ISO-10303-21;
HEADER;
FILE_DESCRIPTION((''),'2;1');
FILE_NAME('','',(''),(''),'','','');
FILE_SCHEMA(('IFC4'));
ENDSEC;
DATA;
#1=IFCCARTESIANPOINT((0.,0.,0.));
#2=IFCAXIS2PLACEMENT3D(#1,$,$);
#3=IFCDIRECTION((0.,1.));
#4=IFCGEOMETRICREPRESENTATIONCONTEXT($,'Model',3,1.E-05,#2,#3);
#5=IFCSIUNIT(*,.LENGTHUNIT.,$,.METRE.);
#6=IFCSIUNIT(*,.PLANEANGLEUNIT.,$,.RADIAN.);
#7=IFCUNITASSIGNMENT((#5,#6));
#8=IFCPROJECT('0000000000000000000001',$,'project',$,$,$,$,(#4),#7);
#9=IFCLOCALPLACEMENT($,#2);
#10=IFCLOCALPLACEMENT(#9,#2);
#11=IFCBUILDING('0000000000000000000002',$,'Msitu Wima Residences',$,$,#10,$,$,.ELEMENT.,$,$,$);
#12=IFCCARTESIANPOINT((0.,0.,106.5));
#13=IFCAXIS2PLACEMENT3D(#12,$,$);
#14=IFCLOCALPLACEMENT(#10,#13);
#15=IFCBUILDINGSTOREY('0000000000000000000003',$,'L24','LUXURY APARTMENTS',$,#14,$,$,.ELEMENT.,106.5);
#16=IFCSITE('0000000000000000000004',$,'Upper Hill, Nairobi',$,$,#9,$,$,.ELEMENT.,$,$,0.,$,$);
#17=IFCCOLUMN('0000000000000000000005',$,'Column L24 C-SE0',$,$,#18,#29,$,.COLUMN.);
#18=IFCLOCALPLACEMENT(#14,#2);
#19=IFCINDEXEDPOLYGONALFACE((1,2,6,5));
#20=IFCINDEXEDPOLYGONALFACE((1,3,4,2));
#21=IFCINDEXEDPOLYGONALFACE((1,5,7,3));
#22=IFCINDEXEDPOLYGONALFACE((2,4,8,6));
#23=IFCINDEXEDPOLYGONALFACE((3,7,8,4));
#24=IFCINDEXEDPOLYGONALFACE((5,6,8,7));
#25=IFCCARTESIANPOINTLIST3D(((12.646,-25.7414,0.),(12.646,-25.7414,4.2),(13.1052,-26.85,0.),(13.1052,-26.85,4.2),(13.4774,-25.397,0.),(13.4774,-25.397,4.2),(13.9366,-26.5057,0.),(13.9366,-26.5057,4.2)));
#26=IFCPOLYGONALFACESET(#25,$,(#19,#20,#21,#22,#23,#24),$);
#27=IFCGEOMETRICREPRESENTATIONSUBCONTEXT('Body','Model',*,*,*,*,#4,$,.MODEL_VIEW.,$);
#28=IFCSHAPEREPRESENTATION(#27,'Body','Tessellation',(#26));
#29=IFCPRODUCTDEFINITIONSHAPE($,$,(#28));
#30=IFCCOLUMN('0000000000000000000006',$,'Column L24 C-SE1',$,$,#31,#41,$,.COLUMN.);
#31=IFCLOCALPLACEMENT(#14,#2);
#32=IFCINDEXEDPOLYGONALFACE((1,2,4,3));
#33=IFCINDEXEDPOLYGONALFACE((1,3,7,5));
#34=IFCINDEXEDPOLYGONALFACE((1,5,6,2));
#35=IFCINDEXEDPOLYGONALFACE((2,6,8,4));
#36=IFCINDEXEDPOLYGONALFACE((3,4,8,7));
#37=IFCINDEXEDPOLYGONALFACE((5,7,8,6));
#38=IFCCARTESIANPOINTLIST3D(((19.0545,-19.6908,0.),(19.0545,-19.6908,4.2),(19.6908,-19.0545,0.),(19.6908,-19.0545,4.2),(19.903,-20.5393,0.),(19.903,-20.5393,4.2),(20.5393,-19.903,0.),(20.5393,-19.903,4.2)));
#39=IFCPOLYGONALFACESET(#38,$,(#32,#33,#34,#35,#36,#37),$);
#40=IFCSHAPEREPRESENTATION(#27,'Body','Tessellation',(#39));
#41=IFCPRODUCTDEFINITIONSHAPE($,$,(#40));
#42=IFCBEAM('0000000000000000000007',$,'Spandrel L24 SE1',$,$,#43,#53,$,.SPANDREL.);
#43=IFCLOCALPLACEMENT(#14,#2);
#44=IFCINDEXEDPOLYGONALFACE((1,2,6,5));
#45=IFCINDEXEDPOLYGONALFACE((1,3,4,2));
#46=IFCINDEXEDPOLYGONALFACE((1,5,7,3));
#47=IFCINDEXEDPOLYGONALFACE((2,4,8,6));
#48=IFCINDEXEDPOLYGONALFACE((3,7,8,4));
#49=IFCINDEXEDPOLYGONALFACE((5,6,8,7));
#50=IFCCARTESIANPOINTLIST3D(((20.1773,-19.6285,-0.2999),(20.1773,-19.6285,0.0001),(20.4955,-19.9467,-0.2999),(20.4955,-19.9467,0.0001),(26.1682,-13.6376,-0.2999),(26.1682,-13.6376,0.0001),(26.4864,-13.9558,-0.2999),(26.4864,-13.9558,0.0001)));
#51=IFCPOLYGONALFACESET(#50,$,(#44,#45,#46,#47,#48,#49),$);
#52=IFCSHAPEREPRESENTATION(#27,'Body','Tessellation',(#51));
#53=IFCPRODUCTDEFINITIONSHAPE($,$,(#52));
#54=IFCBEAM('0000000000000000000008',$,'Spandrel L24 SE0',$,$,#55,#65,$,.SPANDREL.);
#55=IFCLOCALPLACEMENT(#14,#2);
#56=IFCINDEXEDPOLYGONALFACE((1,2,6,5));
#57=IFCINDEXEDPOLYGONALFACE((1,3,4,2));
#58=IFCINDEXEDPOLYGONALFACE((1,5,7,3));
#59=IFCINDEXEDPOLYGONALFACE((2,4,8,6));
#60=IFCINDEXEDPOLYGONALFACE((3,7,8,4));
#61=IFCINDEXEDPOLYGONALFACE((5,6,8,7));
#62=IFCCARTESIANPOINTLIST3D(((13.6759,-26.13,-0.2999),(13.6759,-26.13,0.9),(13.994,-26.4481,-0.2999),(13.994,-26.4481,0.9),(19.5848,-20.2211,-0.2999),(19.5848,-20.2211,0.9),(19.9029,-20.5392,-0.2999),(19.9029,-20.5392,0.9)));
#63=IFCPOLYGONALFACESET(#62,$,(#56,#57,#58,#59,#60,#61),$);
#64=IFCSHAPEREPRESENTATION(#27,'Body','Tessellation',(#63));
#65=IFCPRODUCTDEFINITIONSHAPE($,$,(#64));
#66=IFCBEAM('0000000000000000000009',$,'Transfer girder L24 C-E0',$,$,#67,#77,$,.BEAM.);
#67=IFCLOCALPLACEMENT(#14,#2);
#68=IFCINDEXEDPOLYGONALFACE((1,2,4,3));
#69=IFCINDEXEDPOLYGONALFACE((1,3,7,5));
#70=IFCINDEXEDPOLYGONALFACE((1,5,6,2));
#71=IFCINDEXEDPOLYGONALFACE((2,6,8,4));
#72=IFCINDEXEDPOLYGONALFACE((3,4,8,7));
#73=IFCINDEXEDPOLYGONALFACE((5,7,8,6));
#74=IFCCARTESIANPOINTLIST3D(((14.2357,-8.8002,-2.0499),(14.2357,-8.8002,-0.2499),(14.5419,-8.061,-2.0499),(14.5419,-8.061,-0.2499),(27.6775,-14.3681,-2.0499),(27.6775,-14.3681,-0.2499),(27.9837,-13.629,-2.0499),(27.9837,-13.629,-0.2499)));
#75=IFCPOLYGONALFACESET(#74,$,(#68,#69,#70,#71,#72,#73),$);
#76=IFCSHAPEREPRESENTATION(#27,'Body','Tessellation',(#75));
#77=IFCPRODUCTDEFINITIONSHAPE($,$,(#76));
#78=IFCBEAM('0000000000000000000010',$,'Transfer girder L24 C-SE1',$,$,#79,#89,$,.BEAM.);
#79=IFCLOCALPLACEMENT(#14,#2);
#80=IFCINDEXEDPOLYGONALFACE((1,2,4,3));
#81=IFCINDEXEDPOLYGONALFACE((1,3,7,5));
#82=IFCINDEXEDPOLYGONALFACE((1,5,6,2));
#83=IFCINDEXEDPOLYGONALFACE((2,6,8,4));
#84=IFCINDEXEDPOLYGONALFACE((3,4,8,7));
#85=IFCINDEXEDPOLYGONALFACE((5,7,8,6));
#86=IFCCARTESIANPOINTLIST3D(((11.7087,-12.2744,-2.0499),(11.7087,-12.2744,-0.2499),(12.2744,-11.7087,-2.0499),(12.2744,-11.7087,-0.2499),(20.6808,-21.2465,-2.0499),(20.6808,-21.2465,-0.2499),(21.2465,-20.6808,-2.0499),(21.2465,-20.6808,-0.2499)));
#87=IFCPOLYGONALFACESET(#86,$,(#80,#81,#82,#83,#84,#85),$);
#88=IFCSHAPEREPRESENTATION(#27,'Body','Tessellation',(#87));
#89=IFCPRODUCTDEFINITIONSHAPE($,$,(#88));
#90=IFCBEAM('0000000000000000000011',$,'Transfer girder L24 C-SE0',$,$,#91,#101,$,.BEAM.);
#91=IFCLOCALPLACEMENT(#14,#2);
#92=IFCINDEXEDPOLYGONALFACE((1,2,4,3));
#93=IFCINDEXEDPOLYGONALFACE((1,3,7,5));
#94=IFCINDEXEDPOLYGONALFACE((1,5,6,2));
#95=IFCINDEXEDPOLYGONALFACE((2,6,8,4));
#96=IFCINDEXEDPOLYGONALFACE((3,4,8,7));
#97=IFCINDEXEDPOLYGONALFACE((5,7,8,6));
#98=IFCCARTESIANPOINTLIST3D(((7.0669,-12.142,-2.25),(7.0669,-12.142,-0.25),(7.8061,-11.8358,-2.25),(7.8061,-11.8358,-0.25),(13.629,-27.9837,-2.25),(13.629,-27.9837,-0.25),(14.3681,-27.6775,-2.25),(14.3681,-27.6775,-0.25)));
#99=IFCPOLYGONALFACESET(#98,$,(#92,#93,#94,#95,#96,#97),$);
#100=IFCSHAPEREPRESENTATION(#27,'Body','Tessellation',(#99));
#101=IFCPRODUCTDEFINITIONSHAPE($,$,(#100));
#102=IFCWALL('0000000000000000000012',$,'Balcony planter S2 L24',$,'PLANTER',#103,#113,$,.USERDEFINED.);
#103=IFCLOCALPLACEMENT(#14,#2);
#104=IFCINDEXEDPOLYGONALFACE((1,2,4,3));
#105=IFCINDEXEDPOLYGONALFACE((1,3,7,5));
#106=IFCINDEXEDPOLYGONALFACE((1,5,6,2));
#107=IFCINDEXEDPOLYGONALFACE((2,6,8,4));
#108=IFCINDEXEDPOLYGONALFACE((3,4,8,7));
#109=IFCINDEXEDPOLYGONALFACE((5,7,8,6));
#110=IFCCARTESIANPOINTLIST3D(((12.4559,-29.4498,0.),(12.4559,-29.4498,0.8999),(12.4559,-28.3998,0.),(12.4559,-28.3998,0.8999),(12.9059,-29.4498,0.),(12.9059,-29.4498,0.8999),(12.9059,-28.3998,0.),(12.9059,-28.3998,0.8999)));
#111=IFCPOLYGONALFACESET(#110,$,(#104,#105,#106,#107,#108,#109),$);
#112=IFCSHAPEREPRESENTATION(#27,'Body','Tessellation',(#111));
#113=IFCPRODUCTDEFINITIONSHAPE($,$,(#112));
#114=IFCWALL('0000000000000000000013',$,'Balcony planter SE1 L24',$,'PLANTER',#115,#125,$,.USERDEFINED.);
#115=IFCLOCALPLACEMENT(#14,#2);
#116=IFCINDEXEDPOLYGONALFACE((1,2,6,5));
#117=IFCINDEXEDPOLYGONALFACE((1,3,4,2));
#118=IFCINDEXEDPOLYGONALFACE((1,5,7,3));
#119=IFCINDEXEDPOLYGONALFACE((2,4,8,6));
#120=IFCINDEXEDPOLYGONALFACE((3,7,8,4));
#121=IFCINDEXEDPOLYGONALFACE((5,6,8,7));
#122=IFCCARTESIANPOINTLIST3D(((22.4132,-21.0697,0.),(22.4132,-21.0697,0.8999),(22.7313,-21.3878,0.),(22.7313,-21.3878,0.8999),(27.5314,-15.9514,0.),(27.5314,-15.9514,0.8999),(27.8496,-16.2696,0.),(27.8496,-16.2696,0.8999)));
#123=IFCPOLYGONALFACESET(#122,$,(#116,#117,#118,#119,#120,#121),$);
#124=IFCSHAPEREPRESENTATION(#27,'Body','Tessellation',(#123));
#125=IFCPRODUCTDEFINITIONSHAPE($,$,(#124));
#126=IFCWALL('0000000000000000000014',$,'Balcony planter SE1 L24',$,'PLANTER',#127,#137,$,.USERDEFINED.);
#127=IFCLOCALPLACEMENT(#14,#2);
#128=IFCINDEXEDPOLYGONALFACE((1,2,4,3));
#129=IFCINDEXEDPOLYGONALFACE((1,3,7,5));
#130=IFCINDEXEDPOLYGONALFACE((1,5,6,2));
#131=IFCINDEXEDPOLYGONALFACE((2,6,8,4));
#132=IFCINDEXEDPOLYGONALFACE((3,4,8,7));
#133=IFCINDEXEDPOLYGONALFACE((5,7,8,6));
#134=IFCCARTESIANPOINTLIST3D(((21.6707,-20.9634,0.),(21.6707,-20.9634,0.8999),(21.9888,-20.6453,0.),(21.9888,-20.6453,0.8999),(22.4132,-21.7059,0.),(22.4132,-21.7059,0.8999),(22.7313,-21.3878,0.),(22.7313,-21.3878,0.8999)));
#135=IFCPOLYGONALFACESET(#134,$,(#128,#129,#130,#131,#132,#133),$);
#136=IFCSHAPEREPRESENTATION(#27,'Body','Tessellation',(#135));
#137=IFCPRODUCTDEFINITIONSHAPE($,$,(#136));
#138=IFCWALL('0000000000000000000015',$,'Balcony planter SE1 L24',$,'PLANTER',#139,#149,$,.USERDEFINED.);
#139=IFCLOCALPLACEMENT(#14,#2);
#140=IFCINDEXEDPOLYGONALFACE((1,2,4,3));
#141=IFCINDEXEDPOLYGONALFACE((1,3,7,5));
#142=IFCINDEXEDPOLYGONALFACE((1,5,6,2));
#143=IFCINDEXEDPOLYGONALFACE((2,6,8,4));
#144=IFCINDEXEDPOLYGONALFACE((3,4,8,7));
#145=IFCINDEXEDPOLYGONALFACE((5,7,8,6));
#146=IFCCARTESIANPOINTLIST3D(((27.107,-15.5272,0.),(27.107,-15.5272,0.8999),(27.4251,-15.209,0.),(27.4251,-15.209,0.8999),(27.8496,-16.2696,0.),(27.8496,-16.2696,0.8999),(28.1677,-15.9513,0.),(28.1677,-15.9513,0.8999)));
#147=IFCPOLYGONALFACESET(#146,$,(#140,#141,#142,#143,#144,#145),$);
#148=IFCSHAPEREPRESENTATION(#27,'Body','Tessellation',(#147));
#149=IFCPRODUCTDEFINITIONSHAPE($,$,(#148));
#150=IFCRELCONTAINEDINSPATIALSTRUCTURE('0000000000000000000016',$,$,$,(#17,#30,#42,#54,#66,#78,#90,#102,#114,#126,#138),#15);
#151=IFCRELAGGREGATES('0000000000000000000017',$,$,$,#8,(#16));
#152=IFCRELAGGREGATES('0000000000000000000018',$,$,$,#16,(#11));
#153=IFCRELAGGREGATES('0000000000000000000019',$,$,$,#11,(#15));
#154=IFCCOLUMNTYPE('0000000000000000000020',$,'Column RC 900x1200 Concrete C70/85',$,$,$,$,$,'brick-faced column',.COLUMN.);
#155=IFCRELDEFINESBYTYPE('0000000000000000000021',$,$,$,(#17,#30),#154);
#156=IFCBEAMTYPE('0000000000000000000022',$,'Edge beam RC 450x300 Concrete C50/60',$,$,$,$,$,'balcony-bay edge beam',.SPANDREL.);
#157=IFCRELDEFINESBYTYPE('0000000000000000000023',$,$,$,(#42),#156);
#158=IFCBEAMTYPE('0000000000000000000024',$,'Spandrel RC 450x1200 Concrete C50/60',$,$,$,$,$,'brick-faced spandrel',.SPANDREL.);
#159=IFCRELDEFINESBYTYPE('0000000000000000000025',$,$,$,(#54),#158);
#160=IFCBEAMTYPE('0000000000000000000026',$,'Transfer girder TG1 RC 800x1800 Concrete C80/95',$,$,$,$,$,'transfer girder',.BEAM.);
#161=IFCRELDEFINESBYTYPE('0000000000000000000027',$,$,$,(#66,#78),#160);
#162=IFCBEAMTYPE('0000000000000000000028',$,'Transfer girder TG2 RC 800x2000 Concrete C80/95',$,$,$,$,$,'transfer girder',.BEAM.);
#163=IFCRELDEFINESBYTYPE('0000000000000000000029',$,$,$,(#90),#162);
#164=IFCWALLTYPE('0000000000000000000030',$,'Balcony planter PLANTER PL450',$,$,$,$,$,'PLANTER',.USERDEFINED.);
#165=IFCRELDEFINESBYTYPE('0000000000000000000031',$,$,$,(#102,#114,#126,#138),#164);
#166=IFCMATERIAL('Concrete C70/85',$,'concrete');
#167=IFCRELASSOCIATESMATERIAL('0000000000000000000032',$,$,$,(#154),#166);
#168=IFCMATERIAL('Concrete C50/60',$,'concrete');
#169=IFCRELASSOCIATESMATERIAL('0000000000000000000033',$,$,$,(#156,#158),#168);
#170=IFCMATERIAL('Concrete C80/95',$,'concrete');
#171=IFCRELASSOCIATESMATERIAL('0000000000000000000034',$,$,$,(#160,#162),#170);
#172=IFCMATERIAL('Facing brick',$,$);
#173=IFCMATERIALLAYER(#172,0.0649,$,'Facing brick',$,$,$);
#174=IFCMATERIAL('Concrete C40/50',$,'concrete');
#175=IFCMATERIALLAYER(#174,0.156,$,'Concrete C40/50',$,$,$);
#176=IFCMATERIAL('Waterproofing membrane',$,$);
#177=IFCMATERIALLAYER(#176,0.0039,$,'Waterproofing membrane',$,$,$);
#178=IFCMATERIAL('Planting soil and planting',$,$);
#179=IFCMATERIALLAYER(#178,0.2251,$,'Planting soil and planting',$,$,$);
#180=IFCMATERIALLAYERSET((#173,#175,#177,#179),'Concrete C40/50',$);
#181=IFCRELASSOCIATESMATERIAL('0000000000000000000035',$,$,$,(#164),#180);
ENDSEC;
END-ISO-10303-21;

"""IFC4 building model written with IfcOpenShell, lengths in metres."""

from ifc_helpers import new_model, si_unit, direction, frame, frame_2d, origin, origin_2d, place, context, subcontext, project, spatial, rectangle, extrude, material, layer, layer_set, material_profile, profile_set, type_object, element, save


model = new_model("IFC4")

# Units and contexts
model_context = context("Model", 3, precision=1e-05, world=origin(), true_north=direction((0.0, 1.0)))
body_context = subcontext(model_context, "Body", "Model", "MODEL_VIEW")
ifc_project = project(units=[si_unit("LENGTHUNIT", "METRE"), si_unit("PLANEANGLEUNIT", "RADIAN")], contexts=[model_context])

# Site, building, storey
site_placement = place(None, origin())
site = spatial("IfcSite", under=ifc_project, at=site_placement, Name="Upper Hill, Nairobi", CompositionType="ELEMENT", RefElevation=0.0)
building_placement = place(site_placement, origin())
building = spatial("IfcBuilding", under=site, at=building_placement, Name="Msitu Wima Residences", CompositionType="ELEMENT")
storey_placement = place(building_placement, frame((0.0, 0.0, 106.5)))
storey = spatial("IfcBuildingStorey", under=building, at=storey_placement, Name="L24", Description="LUXURY APARTMENTS", CompositionType="ELEMENT", Elevation=106.5)

# Columns
ifc_material_1 = material(Name="Concrete C70/85", Category="concrete")
ifc_material_profile_1 = material_profile(ifc_material_1, rectangle(XDim=0.8999, YDim=1.2, at=origin_2d()), Name="RC 900x1200")
ifc_profile_set_1 = profile_set([ifc_material_profile_1], Name="Concrete C70/85")
column_type = type_object("IfcColumnType", Name="Column RC 900x1200 Concrete C70/85", ElementType="brick-faced column", PredefinedType="COLUMN", material=ifc_profile_set_1)
for number, where, z_axis, x_axis, name in (
    (1, (13.2913, -26.1235, 0.0), (0.0, 0.0, 1.0), (0.92388, 0.382683, 0.0), "Column L24 C-SE0"),
    (2, (19.7969, -19.7969, 0.0), (0.0, 0.0, 1.0), (0.707107, 0.707107, 0.0), "Column L24 C-SE1"),
):
    element("IfcColumn", number, at=place(storey_placement, frame(where, z_axis=z_axis, x_axis=x_axis)), inside=storey, type_object=column_type, Name=name, PredefinedType="COLUMN", context=body_context, shape_type="SweptSolid", body=[
        extrude(rectangle(XDim=0.8999, YDim=1.2, at=origin_2d()), origin(), (0.0, 0.0, 1.0), 4.2),
    ])

# Beams
ifc_material_2 = material(Name="Concrete C50/60", Category="concrete")
ifc_material_profile_2 = material_profile(ifc_material_2, rectangle(XDim=0.45, YDim=0.3, at=origin_2d()), Name="RC 450x300")
ifc_profile_set_2 = profile_set([ifc_material_profile_2], Name="Concrete C50/60")
beam_type_1 = type_object("IfcBeamType", Name="Edge beam RC 450x300 Concrete C50/60", ElementType="balcony-bay edge beam", PredefinedType="SPANDREL", material=ifc_profile_set_2)
beam_1_placement = place(storey_placement, frame((20.3364, -19.7876, -0.1499), z_axis=(0.707107, 0.707107, 0.0), x_axis=(-0.707107, 0.707107, 0.0)))
element("IfcBeam", 3, at=beam_1_placement, inside=storey, type_object=beam_type_1, Name="Spandrel L24 SE1", PredefinedType="SPANDREL", context=body_context, shape_type="SweptSolid", body=[
    extrude(rectangle(XDim=0.45, YDim=0.3, at=origin_2d()), origin(), (0.0, 0.0, 1.0), 8.4724),
])
ifc_material_profile_3 = material_profile(ifc_material_2, rectangle(XDim=0.45, YDim=1.2, at=origin_2d()), Name="RC 450x1200")
ifc_profile_set_3 = profile_set([ifc_material_profile_3], Name="Concrete C50/60")
beam_type_2 = type_object("IfcBeamType", Name="Spandrel RC 450x1200 Concrete C50/60", ElementType="brick-faced spandrel", PredefinedType="SPANDREL", material=ifc_profile_set_3)
beam_2_placement = place(storey_placement, frame((13.835, -26.2891, 0.3), z_axis=(0.707107, 0.707107, 0.0), x_axis=(-0.707107, 0.707107, 0.0)))
element("IfcBeam", 4, at=beam_2_placement, inside=storey, type_object=beam_type_2, Name="Spandrel L24 SE0", PredefinedType="SPANDREL", context=body_context, shape_type="SweptSolid", body=[
    extrude(rectangle(XDim=0.45, YDim=1.2, at=origin_2d()), origin(), (0.0, 0.0, 1.0), 8.3564),
])
ifc_material_3 = material(Name="Concrete C80/95", Category="concrete")
ifc_material_profile_4 = material_profile(ifc_material_3, rectangle(XDim=0.8, YDim=1.8, at=origin_2d()), Name="RC 800x1800")
ifc_profile_set_4 = profile_set([ifc_material_profile_4], Name="Concrete C80/95")
beam_type_3 = type_object("IfcBeamType", Name="Transfer girder TG1 RC 800x1800 Concrete C80/95", ElementType="transfer girder", PredefinedType="BEAM", material=ifc_profile_set_4)
beam_3_placement = place(storey_placement, frame((27.8306, -13.9985, -1.1499), z_axis=(-0.923876, 0.382693, 0.0), x_axis=(-0.382693, -0.923876, 0.0)))
element("IfcBeam", 5, at=beam_3_placement, inside=storey, type_object=beam_type_3, Name="Transfer girder L24 C-E0", PredefinedType="BEAM", context=body_context, shape_type="SweptSolid", body=[
    extrude(rectangle(XDim=0.8, YDim=1.8, at=origin_2d()), origin(), (0.0, 0.0, 1.0), 14.5493),
])
beam_4_placement = place(storey_placement, frame((20.9636, -20.9636, -1.1499), z_axis=(-0.707107, 0.707107, 0.0), x_axis=(-0.707107, -0.707107, 0.0)))
element("IfcBeam", 6, at=beam_4_placement, inside=storey, type_object=beam_type_3, Name="Transfer girder L24 C-SE1", PredefinedType="BEAM", context=body_context, shape_type="SweptSolid", body=[
    extrude(rectangle(XDim=0.8, YDim=1.8, at=origin_2d()), origin(), (0.0, 0.0, 1.0), 12.6885),
])
ifc_material_profile_5 = material_profile(ifc_material_3, rectangle(XDim=0.8, YDim=2.0, at=origin_2d()), Name="RC 800x2000")
ifc_profile_set_5 = profile_set([ifc_material_profile_5], Name="Concrete C80/95")
beam_type_4 = type_object("IfcBeamType", Name="Transfer girder TG2 RC 800x2000 Concrete C80/95", ElementType="transfer girder", PredefinedType="BEAM", material=ifc_profile_set_5)
beam_5_placement = place(storey_placement, frame((13.9985, -27.8306, -1.25), z_axis=(-0.382695, 0.923875, 0.0), x_axis=(-0.923875, -0.382695, 0.0)))
element("IfcBeam", 7, at=beam_5_placement, inside=storey, type_object=beam_type_4, Name="Transfer girder L24 C-SE0", PredefinedType="BEAM", context=body_context, shape_type="SweptSolid", body=[
    extrude(rectangle(XDim=0.8, YDim=2.0, at=origin_2d()), origin(), (0.0, 0.0, 1.0), 17.147),
])

# Walls
ifc_material_4 = material(Name="Facing brick")
ifc_layer_1 = layer(ifc_material_4, 0.0649, Name="Facing brick")
ifc_material_5 = material(Name="Concrete C40/50", Category="concrete")
ifc_layer_2 = layer(ifc_material_5, 0.156, Name="Concrete C40/50")
ifc_material_6 = material(Name="Waterproofing membrane")
ifc_layer_3 = layer(ifc_material_6, 0.0039, Name="Waterproofing membrane")
ifc_material_7 = material(Name="Planting soil and planting")
ifc_layer_4 = layer(ifc_material_7, 0.2251, Name="Planting soil and planting")
ifc_layer_set_1 = layer_set([ifc_layer_1, ifc_layer_2, ifc_layer_3, ifc_layer_4], Name="Concrete C40/50")
wall_type_1 = type_object("IfcWallType", Name="Balcony planter PLANTER PL450", ElementType="PLANTER", PredefinedType="USERDEFINED", material=ifc_layer_set_1)
wall_1_placement = place(storey_placement, frame((12.6809, -28.3999, 0.0), z_axis=(0.0, 0.0, 1.0), x_axis=(0.0, -1.0, 0.0)))
element("IfcWall", 8, at=wall_1_placement, inside=storey, type_object=wall_type_1, Name="Balcony planter S2 L24", ObjectType="PLANTER", PredefinedType="USERDEFINED", context=body_context, shape_type="SweptSolid", body=[
    extrude(rectangle(XDim=1.05, YDim=0.45, at=frame_2d((0.5249, 0.0))), origin(), (0.0, 0.0, 1.0), 0.8999),
])
wall_2_placement = place(storey_placement, frame((22.5723, -21.2288, 0.0), z_axis=(0.0, 0.0, 1.0), x_axis=(0.707107, 0.707107, 0.0)))
element("IfcWall", 9, at=wall_2_placement, inside=storey, type_object=wall_type_1, Name="Balcony planter SE1 L24", ObjectType="PLANTER", PredefinedType="USERDEFINED", context=body_context, shape_type="SweptSolid", body=[
    extrude(rectangle(XDim=7.2383, YDim=0.45, at=frame_2d((3.6191, 0.0))), origin(), (0.0, 0.0, 1.0), 0.8999),
])
for number, where, z_axis, x_axis, name in (
    (10, (21.8298, -20.8044, 0.0), (0.0, 0.0, 1.0), (0.707107, -0.707107, 0.0), "Balcony planter SE1 L24"),
    (11, (27.2661, -15.3682, 0.0), (0.0, 0.0, 1.0), (0.707223, -0.706991, 0.0), "Balcony planter SE1 L24"),
):
    element("IfcWall", number, at=place(storey_placement, frame(where, z_axis=z_axis, x_axis=x_axis)), inside=storey, type_object=wall_type_1, Name=name, ObjectType="PLANTER", PredefinedType="USERDEFINED", context=body_context, shape_type="SweptSolid", body=[
        extrude(rectangle(XDim=1.05, YDim=0.45, at=frame_2d((0.5249, 0.0))), origin(), (0.0, 0.0, 1.0), 0.8999),
    ])

save(model, "model.ifc")
